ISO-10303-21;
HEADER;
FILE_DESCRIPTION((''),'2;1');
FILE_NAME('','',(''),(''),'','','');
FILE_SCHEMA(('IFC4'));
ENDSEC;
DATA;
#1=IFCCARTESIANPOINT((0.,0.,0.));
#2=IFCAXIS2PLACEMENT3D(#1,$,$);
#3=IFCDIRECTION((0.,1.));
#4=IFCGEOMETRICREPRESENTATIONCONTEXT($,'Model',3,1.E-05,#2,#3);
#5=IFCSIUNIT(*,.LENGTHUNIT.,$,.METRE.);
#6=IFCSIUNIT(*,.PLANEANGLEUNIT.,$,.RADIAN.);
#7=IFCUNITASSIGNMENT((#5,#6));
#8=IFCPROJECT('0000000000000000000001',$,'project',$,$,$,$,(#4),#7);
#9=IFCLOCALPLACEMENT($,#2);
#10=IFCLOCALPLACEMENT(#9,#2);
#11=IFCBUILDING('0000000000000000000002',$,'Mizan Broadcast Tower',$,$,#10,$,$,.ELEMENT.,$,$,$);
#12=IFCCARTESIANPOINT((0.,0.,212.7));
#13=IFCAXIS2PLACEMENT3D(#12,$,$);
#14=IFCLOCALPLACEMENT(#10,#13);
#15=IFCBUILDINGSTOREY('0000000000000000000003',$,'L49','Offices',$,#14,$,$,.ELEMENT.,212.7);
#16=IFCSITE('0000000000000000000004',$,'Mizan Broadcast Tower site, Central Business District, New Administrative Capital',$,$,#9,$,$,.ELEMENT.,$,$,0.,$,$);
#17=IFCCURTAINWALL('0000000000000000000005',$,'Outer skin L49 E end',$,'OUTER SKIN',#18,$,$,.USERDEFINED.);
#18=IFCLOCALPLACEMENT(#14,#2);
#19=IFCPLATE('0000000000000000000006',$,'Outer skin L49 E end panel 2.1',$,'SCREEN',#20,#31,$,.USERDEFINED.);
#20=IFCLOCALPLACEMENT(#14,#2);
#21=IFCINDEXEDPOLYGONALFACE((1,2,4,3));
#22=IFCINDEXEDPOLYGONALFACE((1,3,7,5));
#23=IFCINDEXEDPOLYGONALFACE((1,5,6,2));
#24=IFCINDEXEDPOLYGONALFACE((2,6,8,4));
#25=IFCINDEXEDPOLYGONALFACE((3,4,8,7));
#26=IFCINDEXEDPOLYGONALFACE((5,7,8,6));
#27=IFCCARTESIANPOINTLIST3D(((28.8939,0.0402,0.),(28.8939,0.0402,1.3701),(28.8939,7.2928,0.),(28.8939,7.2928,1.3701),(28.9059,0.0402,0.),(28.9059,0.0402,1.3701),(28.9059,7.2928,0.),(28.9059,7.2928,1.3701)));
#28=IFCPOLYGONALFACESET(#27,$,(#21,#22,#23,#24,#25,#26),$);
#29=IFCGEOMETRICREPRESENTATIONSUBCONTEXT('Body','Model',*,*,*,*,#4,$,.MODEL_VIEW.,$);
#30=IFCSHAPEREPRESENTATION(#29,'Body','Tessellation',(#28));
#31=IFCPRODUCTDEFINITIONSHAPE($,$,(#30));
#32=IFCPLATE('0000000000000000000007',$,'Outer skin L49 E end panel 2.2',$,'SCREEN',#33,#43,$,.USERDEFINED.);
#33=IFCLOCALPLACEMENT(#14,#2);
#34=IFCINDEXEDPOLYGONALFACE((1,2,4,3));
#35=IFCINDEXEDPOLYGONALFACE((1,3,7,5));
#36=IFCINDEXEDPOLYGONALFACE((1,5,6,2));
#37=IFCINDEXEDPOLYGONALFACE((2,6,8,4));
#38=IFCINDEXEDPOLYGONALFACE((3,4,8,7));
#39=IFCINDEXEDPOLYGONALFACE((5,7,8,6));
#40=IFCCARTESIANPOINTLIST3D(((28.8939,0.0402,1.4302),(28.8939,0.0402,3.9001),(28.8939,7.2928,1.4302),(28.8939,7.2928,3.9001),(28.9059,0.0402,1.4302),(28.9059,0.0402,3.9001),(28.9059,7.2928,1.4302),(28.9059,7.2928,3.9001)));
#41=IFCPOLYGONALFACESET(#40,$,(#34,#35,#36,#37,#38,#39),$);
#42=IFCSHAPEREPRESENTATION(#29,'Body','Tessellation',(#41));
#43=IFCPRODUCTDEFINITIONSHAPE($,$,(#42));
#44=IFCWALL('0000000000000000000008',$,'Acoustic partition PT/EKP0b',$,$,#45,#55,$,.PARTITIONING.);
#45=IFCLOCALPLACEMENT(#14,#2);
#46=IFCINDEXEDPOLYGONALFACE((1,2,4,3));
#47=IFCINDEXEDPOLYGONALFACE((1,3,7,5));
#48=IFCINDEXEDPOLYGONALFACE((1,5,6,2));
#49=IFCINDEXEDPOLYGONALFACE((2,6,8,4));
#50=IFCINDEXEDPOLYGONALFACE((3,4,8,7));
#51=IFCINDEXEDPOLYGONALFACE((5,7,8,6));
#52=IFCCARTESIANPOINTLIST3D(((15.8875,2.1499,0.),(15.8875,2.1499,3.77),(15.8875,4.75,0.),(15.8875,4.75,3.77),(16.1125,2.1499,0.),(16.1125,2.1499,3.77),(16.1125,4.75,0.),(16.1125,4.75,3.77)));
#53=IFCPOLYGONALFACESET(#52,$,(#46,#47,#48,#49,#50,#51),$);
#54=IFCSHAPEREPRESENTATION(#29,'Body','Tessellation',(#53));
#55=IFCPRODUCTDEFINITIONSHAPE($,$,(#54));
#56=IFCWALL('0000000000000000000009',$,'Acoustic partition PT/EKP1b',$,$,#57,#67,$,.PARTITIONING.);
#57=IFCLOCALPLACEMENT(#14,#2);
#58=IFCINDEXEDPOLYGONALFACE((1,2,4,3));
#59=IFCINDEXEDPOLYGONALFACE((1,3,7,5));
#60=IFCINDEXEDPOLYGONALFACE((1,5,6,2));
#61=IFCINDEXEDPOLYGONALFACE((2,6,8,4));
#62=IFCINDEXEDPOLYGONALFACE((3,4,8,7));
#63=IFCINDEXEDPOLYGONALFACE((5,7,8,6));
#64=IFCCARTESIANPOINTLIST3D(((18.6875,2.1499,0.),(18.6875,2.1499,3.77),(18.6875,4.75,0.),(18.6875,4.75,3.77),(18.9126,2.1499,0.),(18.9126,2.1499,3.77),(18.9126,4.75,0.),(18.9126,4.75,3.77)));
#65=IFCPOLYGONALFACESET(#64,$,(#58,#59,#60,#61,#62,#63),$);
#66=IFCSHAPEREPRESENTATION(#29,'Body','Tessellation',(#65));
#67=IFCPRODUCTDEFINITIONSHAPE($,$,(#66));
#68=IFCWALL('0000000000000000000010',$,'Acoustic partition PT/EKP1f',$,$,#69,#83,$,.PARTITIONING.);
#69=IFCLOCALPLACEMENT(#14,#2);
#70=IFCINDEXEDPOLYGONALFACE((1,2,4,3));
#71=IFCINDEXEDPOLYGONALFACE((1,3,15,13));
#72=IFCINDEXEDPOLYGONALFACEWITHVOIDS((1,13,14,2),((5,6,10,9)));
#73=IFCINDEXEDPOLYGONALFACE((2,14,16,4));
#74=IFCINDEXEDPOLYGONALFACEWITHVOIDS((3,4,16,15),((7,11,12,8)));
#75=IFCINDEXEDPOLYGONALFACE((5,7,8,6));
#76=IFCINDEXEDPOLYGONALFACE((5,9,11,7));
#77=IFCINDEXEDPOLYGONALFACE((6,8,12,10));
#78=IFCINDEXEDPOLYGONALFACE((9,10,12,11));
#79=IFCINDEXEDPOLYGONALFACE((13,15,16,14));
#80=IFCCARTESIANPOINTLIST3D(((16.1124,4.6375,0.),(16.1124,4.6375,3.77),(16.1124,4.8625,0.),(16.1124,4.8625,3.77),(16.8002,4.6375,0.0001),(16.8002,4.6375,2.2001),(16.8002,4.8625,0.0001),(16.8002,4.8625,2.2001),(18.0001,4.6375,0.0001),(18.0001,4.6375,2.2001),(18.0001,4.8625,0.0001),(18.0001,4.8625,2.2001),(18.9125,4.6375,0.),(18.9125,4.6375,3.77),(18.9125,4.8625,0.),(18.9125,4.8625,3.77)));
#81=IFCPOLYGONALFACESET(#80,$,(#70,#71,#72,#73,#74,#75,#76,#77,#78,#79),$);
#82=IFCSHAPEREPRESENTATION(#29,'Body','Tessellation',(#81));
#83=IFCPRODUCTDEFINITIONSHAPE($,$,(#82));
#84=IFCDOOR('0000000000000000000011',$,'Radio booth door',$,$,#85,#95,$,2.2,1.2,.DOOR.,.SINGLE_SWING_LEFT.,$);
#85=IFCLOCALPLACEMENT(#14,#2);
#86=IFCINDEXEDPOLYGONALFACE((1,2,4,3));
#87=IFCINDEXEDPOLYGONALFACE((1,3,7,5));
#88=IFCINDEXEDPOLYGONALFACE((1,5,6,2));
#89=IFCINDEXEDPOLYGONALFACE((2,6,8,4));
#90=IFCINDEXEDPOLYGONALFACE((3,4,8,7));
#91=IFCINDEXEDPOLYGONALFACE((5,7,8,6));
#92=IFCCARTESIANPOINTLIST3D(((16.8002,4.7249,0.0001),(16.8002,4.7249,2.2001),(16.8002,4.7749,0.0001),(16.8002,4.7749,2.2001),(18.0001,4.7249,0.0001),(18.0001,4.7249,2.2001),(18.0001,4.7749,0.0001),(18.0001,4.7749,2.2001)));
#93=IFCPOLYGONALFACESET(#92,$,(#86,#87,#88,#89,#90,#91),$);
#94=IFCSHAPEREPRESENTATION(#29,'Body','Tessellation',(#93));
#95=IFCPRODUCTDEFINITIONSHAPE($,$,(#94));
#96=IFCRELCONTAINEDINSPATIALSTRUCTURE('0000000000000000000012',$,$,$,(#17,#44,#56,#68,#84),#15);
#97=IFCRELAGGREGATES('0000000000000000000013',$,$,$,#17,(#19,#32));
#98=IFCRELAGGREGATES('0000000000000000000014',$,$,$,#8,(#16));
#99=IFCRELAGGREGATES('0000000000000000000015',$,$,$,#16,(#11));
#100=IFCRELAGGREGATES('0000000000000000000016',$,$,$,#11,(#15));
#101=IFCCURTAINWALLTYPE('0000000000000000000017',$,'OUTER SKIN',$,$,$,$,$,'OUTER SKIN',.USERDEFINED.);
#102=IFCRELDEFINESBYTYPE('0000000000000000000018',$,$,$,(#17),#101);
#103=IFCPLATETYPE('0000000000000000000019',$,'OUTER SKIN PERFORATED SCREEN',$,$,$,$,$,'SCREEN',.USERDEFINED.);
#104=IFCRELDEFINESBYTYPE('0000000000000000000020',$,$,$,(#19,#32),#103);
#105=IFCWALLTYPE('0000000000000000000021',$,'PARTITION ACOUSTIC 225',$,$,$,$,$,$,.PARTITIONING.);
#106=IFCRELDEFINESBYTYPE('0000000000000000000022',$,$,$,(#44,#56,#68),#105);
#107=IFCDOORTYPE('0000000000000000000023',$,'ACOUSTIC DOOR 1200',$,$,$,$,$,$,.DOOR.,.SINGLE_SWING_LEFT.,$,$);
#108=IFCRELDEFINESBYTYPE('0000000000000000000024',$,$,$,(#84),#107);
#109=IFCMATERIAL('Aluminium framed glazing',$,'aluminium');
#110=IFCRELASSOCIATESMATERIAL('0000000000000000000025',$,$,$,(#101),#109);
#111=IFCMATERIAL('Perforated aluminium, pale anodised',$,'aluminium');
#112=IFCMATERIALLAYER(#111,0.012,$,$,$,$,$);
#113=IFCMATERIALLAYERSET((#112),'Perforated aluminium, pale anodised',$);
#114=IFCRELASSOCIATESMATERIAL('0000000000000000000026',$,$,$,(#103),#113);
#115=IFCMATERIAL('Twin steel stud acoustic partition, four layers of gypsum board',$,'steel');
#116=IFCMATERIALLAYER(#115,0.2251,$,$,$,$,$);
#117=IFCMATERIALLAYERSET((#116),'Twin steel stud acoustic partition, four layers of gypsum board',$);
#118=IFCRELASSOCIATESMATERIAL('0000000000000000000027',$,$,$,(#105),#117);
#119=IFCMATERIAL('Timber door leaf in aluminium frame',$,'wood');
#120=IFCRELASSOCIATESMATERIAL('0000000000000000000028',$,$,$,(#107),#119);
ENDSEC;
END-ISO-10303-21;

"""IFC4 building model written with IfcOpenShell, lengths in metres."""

from ifc_helpers import new_model, si_unit, direction, frame, frame_2d, origin, origin_2d, place, context, subcontext, project, spatial, rectangle, extrude, material, layer, layer_set, type_object, element, fill, aggregate, save


model = new_model("IFC4")

# Units and contexts
model_context = context("Model", 3, precision=1e-05, world=origin(), true_north=direction((0.0, 1.0)))
body_context = subcontext(model_context, "Body", "Model", "MODEL_VIEW")
ifc_project = project(units=[si_unit("LENGTHUNIT", "METRE"), si_unit("PLANEANGLEUNIT", "RADIAN")], contexts=[model_context])

# Site, building, storey
site_placement = place(None, origin())
site = spatial("IfcSite", under=ifc_project, at=site_placement, Name="Mizan Broadcast Tower site, Central Business District, New Administrative Capital", CompositionType="ELEMENT", RefElevation=0.0)
building_placement = place(site_placement, origin())
building = spatial("IfcBuilding", under=site, at=building_placement, Name="Mizan Broadcast Tower", CompositionType="ELEMENT")
storey_placement = place(building_placement, frame((0.0, 0.0, 212.7)))
storey = spatial("IfcBuildingStorey", under=building, at=storey_placement, Name="L49", Description="Offices", CompositionType="ELEMENT", Elevation=212.7)

# Curtain wall
ifc_material_1 = material(Name="Aluminium framed glazing", Category="aluminium")
curtain_wall_type_1 = type_object("IfcCurtainWallType", Name="OUTER SKIN", ElementType="OUTER SKIN", PredefinedType="USERDEFINED", material=ifc_material_1)
curtain_wall_1_placement = place(storey_placement, origin())
curtain_wall_1 = element("IfcCurtainWall", 1, at=curtain_wall_1_placement, inside=storey, type_object=curtain_wall_type_1, Name="Outer skin L49 E end", ObjectType="OUTER SKIN", PredefinedType="USERDEFINED")

# Plates
ifc_material_2 = material(Name="Perforated aluminium, pale anodised", Category="aluminium")
ifc_layer_1 = layer(ifc_material_2, 0.012)
ifc_layer_set_1 = layer_set([ifc_layer_1], Name="Perforated aluminium, pale anodised")
plate_type_1 = type_object("IfcPlateType", Name="OUTER SKIN PERFORATED SCREEN", ElementType="SCREEN", PredefinedType="USERDEFINED", material=ifc_layer_set_1)
plate_1_placement = place(storey_placement, frame((28.8999, 3.6665, 0.0), z_axis=(0.0, 0.0, 1.0), x_axis=(0.0, 1.0, 0.0)))
plate_1 = element("IfcPlate", 2, at=plate_1_placement, type_object=plate_type_1, Name="Outer skin L49 E end panel 2.1", ObjectType="SCREEN", PredefinedType="USERDEFINED", context=body_context, shape_type="SweptSolid", body=[
    extrude(rectangle(XDim=7.2527, YDim=0.012, at=origin_2d()), origin(), (0.0, 0.0, 1.0), 1.3701),
])
plate_2_placement = place(storey_placement, frame((28.8999, 3.6665, 1.4302), z_axis=(0.0, 0.0, 1.0), x_axis=(0.0, 1.0, 0.0)))
plate_2 = element("IfcPlate", 3, at=plate_2_placement, type_object=plate_type_1, Name="Outer skin L49 E end panel 2.2", ObjectType="SCREEN", PredefinedType="USERDEFINED", context=body_context, shape_type="SweptSolid", body=[
    extrude(rectangle(XDim=7.2527, YDim=0.012, at=origin_2d()), origin(), (0.0, 0.0, 1.0), 2.47),
])
aggregate(curtain_wall_1, [plate_1, plate_2])

# Walls
ifc_material_3 = material(Name="Twin steel stud acoustic partition, four layers of gypsum board", Category="steel")
ifc_layer_2 = layer(ifc_material_3, 0.2251)
ifc_layer_set_2 = layer_set([ifc_layer_2], Name="Twin steel stud acoustic partition, four layers of gypsum board")
wall_type = type_object("IfcWallType", Name="PARTITION ACOUSTIC 225", PredefinedType="PARTITIONING", material=ifc_layer_set_2)
for number, where, z_axis, x_axis, name in (
    (4, (16.0, 2.1499, 0.0), (0.0, 0.0, 1.0), (0.0, 1.0, 0.0), "Acoustic partition PT/EKP0b"),
    (5, (18.8, 2.1499, 0.0), (0.0, 0.0, 1.0), (0.0, 1.0, 0.0), "Acoustic partition PT/EKP1b"),
):
    element("IfcWall", number, at=place(storey_placement, frame(where, z_axis=z_axis, x_axis=x_axis)), inside=storey, type_object=wall_type, Name=name, PredefinedType="PARTITIONING", context=body_context, shape_type="SweptSolid", body=[
        extrude(rectangle(XDim=2.6001, YDim=0.2251, at=frame_2d((1.3, 0.0))), origin(), (0.0, 0.0, 1.0), 3.77),
    ])

# Wall, opening, door
wall_placement = place(storey_placement, frame((16.1125, 4.75, 0.0), z_axis=(0.0, 0.0, 1.0), x_axis=(1.0, 0.0, 0.0)))
wall = element("IfcWall", 6, at=wall_placement, inside=storey, type_object=wall_type, Name="Acoustic partition PT/EKP1f", PredefinedType="PARTITIONING", context=body_context, shape_type="SweptSolid", body=[
    extrude(rectangle(XDim=2.8, YDim=0.2251, at=frame_2d((1.3999, 0.0))), origin(), (0.0, 0.0, 1.0), 3.77),
])
opening_placement = place(wall_placement, frame((0.6875, 0.0, 0.0)))
opening = element("IfcOpeningElement", 7, at=opening_placement, cuts=wall, PredefinedType="OPENING", context=body_context, shape_type="SweptSolid", body=[
    extrude(rectangle(XDim=1.2, YDim=2.2, at=frame_2d((0.6001, 1.1001))), frame((0.0, 0.1226, 0.0), z_axis=(0.0, -1.0, 0.0), x_axis=(1.0, 0.0, 0.0)), (0.0, 0.0, 1.0), 0.2451),
])
ifc_material_4 = material(Name="Timber door leaf in aluminium frame", Category="wood")
door_type = type_object("IfcDoorType", Name="ACOUSTIC DOOR 1200", OperationType="SINGLE_SWING_LEFT", PredefinedType="DOOR", material=ifc_material_4)
door_placement = place(opening_placement, origin())
door = element("IfcDoor", 8, at=door_placement, inside=storey, type_object=door_type, Name="Radio booth door", OperationType="SINGLE_SWING_LEFT", OverallHeight=2.2, OverallWidth=1.2, PredefinedType="DOOR", context=body_context, shape_type="SweptSolid", body=[
    extrude(rectangle(XDim=1.2, YDim=2.2, at=frame_2d((0.6001, 1.1001))), frame((0.0, 0.0249, 0.0), z_axis=(0.0, -1.0, 0.0), x_axis=(1.0, 0.0, 0.0)), (0.0, 0.0, 1.0), 0.05),
])
fill(opening, door)

save(model, "model.ifc")
